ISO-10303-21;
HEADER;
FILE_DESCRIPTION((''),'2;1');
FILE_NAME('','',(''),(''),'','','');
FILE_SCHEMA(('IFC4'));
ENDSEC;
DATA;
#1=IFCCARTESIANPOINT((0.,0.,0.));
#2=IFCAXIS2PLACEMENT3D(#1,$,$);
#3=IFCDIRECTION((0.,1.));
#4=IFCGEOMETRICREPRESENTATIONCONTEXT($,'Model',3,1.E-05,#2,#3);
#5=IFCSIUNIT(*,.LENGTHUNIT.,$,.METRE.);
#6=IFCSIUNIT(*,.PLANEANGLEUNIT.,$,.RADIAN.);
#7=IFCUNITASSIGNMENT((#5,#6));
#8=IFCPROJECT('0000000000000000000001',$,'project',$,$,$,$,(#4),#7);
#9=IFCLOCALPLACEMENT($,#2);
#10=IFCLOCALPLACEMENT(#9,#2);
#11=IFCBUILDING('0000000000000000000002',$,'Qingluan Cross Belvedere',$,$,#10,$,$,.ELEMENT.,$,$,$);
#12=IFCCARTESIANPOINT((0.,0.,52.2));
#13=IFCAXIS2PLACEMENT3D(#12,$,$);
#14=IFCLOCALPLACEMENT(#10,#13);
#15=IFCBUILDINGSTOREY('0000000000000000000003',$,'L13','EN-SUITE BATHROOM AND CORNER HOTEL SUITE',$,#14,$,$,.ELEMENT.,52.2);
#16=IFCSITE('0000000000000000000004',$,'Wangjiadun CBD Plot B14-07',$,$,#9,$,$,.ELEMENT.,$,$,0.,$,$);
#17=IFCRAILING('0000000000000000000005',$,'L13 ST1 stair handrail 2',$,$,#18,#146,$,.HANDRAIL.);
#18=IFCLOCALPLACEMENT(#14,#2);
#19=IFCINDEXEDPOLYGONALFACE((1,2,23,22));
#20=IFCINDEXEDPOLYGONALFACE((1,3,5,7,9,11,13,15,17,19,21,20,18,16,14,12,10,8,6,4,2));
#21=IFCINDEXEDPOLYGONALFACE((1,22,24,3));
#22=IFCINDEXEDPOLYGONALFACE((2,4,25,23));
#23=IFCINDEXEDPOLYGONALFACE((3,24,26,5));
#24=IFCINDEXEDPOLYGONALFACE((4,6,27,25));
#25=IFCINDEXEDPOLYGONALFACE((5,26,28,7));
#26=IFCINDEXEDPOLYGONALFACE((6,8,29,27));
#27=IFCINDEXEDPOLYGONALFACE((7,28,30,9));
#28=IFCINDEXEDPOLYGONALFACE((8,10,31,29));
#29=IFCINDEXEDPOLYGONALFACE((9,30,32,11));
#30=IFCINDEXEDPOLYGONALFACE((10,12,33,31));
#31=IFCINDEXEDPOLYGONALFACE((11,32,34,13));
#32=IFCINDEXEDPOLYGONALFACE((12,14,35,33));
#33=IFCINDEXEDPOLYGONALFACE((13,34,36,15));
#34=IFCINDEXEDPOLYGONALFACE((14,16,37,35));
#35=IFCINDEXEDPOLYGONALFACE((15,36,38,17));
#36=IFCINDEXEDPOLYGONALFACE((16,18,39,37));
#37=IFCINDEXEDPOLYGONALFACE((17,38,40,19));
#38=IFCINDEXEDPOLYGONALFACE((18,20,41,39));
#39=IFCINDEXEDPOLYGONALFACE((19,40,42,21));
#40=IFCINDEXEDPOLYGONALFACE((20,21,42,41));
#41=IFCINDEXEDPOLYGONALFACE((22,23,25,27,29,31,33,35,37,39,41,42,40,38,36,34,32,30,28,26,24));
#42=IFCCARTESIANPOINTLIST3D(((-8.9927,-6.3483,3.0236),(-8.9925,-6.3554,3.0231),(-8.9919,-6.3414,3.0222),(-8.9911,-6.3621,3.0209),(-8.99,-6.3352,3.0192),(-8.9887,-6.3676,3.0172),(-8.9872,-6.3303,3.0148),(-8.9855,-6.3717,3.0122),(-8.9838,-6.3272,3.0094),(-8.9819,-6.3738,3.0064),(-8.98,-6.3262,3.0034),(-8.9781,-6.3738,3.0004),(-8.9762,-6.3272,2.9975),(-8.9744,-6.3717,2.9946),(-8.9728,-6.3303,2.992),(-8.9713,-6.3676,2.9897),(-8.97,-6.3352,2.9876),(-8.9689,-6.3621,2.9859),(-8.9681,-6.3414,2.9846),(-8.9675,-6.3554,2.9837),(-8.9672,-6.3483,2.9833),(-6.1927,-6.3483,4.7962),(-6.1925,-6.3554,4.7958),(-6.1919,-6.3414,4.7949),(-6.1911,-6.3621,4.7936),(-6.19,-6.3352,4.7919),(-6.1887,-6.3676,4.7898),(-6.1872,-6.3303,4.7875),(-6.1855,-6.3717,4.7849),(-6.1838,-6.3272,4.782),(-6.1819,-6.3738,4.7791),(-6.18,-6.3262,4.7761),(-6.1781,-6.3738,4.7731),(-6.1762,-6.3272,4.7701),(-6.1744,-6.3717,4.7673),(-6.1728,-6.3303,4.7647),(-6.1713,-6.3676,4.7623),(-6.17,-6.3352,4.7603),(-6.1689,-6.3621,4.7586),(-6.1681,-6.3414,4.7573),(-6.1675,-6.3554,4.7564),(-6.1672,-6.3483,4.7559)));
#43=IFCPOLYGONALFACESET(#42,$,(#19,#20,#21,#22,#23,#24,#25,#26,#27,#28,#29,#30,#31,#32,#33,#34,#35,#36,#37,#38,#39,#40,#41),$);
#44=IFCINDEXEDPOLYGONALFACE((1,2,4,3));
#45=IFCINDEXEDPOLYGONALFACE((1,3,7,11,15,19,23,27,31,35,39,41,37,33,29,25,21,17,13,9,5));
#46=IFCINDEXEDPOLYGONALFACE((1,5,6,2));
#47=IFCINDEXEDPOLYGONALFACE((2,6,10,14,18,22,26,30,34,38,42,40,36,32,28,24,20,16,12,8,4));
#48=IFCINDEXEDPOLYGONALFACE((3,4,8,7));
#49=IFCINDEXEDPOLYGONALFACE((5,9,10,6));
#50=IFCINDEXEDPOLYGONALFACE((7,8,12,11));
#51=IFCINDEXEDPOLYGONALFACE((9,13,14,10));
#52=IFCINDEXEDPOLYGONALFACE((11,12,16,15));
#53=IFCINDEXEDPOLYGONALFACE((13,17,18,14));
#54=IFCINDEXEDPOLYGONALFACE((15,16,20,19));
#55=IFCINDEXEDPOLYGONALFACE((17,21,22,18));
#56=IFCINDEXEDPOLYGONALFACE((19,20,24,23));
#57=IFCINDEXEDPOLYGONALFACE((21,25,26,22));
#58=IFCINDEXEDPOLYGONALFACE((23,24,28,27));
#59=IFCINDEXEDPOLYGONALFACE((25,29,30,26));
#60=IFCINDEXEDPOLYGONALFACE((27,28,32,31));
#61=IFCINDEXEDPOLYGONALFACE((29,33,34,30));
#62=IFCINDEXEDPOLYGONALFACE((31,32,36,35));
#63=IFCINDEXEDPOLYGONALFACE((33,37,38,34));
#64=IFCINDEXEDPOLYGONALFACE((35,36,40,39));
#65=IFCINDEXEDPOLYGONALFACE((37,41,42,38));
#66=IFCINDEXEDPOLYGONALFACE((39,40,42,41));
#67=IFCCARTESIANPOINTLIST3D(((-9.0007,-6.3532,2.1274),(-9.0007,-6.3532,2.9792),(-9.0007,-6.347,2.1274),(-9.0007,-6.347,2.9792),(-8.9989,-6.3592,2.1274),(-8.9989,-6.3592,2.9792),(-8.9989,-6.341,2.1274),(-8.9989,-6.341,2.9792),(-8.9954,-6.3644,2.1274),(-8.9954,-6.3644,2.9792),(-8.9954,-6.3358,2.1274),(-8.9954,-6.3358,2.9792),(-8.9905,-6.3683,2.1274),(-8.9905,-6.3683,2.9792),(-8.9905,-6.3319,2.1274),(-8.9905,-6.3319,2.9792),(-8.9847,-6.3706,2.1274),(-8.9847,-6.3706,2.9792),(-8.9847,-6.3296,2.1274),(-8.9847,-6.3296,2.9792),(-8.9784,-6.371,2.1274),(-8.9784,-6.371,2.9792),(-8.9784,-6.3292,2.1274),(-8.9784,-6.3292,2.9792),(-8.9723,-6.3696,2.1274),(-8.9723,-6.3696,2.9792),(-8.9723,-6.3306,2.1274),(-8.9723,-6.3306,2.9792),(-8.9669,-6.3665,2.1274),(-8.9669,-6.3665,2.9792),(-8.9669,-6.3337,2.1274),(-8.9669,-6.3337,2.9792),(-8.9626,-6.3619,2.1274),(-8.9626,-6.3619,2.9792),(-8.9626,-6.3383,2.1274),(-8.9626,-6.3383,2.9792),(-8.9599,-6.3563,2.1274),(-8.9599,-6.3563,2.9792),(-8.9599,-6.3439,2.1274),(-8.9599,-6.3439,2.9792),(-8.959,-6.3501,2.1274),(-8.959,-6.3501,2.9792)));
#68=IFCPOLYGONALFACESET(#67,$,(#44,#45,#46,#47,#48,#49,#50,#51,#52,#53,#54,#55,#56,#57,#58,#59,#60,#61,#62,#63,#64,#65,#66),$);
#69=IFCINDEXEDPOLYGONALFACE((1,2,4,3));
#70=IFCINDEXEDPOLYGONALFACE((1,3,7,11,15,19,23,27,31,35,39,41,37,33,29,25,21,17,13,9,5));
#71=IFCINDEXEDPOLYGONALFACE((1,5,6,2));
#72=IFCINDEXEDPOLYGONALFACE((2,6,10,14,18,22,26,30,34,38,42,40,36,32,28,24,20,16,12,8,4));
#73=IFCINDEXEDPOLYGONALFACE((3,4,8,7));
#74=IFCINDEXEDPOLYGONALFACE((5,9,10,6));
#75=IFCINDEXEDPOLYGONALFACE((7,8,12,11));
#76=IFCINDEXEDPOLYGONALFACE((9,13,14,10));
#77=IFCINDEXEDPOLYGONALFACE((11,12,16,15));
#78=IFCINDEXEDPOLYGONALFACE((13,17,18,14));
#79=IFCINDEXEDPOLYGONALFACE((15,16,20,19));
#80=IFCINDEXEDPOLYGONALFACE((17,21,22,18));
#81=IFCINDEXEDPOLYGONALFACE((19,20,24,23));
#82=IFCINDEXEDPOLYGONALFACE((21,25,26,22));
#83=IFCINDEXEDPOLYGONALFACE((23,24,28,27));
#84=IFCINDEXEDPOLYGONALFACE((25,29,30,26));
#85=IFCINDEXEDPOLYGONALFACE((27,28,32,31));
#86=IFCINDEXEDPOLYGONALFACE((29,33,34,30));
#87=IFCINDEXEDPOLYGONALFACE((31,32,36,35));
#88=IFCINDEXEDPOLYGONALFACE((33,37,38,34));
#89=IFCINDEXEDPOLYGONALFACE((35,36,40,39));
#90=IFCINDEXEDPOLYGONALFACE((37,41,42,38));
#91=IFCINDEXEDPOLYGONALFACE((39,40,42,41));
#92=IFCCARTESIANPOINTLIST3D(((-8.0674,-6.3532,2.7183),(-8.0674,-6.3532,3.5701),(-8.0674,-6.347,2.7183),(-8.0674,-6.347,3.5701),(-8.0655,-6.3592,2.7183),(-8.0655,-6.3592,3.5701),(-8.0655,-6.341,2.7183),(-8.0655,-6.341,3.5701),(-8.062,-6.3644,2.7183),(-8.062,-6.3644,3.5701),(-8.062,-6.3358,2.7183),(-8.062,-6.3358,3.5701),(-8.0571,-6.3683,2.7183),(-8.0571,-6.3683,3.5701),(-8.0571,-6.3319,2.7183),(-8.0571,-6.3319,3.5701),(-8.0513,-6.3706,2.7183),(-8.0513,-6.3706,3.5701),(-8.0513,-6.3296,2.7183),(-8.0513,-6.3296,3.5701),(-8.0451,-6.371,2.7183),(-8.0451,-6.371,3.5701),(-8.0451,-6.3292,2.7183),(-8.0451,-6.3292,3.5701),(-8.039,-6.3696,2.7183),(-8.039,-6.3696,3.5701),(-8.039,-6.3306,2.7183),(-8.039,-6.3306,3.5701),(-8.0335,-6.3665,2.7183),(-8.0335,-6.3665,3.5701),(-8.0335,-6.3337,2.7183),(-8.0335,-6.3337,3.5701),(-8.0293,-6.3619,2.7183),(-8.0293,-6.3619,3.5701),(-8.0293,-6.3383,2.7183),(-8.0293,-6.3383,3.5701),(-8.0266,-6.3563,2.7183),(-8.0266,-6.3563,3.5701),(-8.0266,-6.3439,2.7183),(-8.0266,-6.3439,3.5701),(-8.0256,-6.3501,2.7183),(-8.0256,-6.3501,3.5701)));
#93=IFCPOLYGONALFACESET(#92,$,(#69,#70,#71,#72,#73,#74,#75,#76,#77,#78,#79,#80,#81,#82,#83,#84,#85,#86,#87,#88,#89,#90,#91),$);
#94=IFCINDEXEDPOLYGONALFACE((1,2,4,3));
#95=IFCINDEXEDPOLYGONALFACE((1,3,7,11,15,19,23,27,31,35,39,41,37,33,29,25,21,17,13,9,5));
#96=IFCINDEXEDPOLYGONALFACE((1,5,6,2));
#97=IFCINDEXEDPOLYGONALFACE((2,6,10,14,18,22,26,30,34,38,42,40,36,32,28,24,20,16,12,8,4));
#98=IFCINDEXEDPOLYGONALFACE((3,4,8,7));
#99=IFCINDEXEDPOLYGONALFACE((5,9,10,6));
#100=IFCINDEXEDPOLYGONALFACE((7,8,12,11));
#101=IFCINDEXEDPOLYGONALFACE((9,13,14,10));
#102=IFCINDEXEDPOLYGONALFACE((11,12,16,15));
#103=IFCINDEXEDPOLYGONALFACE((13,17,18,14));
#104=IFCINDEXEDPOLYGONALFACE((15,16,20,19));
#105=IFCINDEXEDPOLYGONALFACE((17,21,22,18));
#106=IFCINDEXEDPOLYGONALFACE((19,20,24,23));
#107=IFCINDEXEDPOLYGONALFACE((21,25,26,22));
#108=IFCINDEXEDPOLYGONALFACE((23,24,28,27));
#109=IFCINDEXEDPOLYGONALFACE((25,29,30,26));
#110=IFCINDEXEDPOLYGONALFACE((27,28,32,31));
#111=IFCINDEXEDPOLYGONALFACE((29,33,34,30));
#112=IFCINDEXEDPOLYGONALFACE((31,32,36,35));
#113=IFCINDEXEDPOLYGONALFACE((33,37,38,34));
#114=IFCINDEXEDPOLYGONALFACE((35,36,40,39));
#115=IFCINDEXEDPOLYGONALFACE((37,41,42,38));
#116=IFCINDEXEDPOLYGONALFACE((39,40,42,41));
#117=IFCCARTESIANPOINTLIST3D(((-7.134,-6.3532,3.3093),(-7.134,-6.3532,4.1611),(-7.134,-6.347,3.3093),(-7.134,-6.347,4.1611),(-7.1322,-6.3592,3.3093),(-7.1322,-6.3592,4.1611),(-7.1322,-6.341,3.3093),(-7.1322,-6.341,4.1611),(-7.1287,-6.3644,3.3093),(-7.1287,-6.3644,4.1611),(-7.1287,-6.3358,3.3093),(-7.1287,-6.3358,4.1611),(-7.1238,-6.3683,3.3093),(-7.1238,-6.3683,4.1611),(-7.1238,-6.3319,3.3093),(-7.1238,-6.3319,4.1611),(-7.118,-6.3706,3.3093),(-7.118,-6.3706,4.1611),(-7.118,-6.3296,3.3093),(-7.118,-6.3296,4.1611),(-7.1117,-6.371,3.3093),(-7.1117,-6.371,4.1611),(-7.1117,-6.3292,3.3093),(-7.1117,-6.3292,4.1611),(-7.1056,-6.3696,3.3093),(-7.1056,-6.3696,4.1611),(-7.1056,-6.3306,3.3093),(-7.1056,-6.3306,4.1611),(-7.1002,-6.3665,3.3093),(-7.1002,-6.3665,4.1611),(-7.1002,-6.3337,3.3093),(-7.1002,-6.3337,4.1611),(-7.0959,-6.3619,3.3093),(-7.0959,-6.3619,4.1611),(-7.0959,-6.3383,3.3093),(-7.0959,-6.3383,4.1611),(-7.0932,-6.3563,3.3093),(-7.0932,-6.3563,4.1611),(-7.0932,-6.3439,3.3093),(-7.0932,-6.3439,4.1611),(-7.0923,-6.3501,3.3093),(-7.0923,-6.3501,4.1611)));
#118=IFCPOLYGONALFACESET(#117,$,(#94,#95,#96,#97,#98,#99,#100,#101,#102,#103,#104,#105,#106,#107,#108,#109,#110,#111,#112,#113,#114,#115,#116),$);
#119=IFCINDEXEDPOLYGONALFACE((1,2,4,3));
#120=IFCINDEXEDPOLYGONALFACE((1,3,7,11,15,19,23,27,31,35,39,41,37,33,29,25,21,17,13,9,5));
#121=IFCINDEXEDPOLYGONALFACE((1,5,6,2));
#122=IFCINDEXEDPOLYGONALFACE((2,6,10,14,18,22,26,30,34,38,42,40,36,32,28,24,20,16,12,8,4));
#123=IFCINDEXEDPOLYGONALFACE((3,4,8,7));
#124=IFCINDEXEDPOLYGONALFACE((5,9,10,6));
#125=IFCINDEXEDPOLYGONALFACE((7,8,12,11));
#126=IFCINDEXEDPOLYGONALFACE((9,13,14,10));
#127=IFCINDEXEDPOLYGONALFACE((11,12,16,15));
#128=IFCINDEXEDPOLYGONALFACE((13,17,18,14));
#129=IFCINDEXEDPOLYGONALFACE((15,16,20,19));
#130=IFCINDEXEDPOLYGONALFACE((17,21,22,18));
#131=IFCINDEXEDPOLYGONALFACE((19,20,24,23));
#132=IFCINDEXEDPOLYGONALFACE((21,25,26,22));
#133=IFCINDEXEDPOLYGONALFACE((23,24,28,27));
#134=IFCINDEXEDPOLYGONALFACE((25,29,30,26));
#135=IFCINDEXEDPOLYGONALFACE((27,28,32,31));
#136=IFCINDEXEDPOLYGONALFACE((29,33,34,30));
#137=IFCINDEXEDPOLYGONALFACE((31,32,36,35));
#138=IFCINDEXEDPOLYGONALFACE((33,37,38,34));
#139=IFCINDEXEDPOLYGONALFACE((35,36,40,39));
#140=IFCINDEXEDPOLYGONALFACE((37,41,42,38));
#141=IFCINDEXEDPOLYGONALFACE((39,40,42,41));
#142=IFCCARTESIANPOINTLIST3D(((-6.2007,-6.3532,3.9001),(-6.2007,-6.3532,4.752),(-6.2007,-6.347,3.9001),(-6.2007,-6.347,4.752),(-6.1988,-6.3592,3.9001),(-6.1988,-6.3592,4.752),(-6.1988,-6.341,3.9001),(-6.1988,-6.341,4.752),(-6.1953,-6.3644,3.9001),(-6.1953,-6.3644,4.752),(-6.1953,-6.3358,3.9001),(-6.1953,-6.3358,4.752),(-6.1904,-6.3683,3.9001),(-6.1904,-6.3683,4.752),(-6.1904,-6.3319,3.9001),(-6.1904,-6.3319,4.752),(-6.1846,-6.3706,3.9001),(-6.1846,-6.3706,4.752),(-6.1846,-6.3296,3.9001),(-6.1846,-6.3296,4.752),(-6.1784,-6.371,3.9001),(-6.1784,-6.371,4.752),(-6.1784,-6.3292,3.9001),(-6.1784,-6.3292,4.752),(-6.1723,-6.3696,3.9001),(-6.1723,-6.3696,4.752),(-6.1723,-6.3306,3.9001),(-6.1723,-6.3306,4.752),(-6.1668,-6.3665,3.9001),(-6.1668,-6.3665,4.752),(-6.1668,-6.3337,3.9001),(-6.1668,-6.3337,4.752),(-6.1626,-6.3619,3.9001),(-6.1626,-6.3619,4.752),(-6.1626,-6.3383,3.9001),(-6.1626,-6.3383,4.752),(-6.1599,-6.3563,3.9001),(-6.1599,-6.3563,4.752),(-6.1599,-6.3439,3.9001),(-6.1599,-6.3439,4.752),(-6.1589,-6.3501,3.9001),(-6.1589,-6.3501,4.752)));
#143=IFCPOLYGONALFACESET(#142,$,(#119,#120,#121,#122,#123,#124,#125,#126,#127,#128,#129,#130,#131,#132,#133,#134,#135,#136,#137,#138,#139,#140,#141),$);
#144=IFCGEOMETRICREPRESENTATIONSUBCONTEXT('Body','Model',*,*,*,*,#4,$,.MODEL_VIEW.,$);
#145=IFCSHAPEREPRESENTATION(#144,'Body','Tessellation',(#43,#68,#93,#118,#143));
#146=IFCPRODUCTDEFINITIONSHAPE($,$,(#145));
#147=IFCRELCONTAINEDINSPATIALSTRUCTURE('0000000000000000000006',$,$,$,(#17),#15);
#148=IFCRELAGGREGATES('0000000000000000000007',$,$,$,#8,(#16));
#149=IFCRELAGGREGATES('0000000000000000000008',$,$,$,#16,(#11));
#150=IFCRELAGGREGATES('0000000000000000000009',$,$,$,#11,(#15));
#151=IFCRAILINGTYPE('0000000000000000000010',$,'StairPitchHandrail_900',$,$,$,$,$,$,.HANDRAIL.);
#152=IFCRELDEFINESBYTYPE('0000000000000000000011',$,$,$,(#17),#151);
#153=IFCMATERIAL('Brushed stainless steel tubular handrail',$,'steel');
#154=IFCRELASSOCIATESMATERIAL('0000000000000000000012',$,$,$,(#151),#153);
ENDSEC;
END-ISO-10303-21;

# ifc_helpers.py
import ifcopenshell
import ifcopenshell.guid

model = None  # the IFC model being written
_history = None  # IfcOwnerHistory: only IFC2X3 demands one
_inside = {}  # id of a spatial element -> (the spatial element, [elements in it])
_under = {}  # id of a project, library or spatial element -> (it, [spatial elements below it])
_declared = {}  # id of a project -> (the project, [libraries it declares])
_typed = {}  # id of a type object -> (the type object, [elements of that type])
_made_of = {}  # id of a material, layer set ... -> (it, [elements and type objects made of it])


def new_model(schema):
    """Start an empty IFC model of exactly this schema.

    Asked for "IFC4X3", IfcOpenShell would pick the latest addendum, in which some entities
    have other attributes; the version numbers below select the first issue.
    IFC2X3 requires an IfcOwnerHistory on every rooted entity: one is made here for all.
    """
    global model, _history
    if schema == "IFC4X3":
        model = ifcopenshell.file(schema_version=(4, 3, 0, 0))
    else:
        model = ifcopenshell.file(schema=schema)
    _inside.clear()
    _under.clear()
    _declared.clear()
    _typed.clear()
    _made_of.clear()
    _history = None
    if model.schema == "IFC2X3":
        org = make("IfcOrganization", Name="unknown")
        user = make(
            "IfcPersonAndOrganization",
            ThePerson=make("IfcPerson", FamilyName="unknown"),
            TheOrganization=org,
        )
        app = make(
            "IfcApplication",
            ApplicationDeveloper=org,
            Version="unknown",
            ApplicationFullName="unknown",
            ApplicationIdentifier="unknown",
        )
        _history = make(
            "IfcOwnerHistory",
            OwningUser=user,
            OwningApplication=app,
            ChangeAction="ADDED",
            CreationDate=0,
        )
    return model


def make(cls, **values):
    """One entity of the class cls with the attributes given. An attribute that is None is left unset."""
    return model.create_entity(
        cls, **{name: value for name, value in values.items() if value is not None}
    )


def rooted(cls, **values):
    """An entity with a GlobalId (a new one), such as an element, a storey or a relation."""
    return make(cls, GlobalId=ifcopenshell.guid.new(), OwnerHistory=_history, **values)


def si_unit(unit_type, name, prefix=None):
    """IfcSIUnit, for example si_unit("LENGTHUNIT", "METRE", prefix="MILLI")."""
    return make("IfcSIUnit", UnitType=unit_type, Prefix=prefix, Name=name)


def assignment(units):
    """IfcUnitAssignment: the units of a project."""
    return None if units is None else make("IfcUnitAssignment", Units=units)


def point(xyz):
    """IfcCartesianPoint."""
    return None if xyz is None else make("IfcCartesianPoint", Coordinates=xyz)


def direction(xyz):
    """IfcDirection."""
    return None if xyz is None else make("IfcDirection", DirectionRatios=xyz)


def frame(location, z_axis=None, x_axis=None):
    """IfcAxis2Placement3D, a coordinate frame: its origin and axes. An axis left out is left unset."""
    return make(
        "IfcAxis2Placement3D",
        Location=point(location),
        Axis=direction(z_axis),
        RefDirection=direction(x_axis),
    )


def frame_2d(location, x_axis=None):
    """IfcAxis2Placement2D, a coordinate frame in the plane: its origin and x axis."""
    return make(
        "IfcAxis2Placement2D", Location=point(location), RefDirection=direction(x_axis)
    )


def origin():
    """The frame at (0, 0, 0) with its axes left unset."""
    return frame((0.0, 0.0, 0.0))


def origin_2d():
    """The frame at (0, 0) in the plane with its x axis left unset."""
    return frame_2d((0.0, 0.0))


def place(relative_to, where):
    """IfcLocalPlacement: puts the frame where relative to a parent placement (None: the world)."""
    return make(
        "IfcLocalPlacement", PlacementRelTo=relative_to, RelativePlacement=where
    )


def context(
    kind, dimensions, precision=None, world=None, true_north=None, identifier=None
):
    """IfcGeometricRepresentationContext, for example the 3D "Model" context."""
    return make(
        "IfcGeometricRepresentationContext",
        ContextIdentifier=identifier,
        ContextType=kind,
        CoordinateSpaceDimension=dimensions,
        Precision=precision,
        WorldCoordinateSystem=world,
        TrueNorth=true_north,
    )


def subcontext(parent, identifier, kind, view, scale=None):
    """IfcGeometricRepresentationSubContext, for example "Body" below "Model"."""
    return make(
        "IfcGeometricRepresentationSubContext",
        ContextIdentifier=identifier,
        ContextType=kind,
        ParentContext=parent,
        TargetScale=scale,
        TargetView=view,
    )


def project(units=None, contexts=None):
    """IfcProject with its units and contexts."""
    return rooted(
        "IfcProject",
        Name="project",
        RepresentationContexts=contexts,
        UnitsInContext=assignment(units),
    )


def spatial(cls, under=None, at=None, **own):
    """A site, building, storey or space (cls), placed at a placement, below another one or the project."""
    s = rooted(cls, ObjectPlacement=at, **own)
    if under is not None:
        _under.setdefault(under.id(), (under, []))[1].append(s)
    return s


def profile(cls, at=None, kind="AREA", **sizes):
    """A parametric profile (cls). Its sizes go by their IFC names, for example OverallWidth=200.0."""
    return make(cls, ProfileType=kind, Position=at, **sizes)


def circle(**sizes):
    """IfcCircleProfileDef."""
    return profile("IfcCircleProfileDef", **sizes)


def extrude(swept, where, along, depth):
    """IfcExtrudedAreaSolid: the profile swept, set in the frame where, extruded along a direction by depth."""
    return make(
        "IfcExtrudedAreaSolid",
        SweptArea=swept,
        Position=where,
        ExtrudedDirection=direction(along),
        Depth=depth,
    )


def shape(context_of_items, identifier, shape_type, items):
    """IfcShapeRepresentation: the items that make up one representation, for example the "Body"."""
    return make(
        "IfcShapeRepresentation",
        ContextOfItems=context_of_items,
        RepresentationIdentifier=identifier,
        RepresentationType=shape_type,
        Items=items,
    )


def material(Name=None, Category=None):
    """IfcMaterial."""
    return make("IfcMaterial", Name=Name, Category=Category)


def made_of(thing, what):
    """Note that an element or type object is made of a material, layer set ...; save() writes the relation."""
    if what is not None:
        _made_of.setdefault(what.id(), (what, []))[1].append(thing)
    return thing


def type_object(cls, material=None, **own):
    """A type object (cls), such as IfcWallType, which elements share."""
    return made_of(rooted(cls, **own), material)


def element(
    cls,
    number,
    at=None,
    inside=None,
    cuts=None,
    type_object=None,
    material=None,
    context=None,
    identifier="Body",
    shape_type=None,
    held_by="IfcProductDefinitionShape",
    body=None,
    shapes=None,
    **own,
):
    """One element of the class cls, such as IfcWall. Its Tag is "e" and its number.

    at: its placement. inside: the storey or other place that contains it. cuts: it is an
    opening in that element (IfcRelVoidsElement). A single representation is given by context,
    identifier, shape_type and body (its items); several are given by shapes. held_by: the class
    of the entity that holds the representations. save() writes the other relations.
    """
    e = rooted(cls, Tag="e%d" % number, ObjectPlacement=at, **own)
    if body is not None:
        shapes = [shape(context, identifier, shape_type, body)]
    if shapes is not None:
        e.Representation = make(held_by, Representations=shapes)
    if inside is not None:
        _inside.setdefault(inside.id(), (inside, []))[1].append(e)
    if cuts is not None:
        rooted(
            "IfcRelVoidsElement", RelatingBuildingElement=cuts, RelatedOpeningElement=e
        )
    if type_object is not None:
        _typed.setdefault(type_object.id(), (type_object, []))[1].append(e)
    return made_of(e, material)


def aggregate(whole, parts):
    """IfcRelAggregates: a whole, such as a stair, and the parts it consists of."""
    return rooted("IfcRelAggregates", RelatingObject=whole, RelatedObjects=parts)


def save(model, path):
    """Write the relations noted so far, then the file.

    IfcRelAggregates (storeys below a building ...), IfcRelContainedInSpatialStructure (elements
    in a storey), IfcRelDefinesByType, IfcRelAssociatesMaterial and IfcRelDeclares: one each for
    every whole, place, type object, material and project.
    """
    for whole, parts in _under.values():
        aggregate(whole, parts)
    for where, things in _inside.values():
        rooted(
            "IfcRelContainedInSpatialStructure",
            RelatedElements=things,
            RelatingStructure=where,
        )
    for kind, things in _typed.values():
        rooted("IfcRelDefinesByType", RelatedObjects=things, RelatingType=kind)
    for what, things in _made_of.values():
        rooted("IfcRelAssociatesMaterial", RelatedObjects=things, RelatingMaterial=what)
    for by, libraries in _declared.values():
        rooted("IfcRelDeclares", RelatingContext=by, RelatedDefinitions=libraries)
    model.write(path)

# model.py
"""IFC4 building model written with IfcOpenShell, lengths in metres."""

from ifc_helpers import new_model, si_unit, direction, frame, origin, origin_2d, place, context, subcontext, project, spatial, circle, extrude, material, type_object, element, save


model = new_model("IFC4")

# Units and contexts
model_context = context("Model", 3, precision=1e-05, world=origin(), true_north=direction((0.0, 1.0)))
body_context = subcontext(model_context, "Body", "Model", "MODEL_VIEW")
ifc_project = project(units=[si_unit("LENGTHUNIT", "METRE"), si_unit("PLANEANGLEUNIT", "RADIAN")], contexts=[model_context])

# Site, building, storey
site_placement = place(None, origin())
site = spatial("IfcSite", under=ifc_project, at=site_placement, Name="Wangjiadun CBD Plot B14-07", CompositionType="ELEMENT", RefElevation=0.0)
building_placement = place(site_placement, origin())
building = spatial("IfcBuilding", under=site, at=building_placement, Name="Qingluan Cross Belvedere", CompositionType="ELEMENT")
storey_placement = place(building_placement, frame((0.0, 0.0, 52.2)))
storey = spatial("IfcBuildingStorey", under=building, at=storey_placement, Name="L13", Description="EN-SUITE BATHROOM AND CORNER HOTEL SUITE", CompositionType="ELEMENT", Elevation=52.2)

# Railing
ifc_material_1 = material(Name="Brushed stainless steel tubular handrail", Category="steel")
railing_type_1 = type_object("IfcRailingType", Name="StairPitchHandrail_900", PredefinedType="HANDRAIL", material=ifc_material_1)
railing_1_placement = place(storey_placement, frame((-8.98, -6.3501, 2.1274)))
element("IfcRailing", 1, at=railing_1_placement, inside=storey, type_object=railing_type_1, Name="L13 ST1 stair handrail 2", PredefinedType="HANDRAIL", context=body_context, shape_type="SweptSolid", body=[
    extrude(circle(Radius=0.0239, at=origin_2d()), frame((0.0, 0.0, 0.876), z_axis=(0.844909, 0.0, 0.53491), x_axis=(0.0, 1.0, 0.0)), (0.0, 0.0, 1.0), 3.314),
    extrude(circle(Radius=0.021, at=origin_2d()), origin(), (0.0, 0.0, 1.0), 0.8518),
    extrude(circle(Radius=0.021, at=origin_2d()), frame((0.9333, 0.0, 0.5908)), (0.0, 0.0, 1.0), 0.8518),
    extrude(circle(Radius=0.021, at=origin_2d()), frame((1.8667, 0.0, 1.1819)), (0.0, 0.0, 1.0), 0.8518),
    extrude(circle(Radius=0.021, at=origin_2d()), frame((2.8, 0.0, 1.7727)), (0.0, 0.0, 1.0), 0.8518),
])

save(model, "model.ifc")
